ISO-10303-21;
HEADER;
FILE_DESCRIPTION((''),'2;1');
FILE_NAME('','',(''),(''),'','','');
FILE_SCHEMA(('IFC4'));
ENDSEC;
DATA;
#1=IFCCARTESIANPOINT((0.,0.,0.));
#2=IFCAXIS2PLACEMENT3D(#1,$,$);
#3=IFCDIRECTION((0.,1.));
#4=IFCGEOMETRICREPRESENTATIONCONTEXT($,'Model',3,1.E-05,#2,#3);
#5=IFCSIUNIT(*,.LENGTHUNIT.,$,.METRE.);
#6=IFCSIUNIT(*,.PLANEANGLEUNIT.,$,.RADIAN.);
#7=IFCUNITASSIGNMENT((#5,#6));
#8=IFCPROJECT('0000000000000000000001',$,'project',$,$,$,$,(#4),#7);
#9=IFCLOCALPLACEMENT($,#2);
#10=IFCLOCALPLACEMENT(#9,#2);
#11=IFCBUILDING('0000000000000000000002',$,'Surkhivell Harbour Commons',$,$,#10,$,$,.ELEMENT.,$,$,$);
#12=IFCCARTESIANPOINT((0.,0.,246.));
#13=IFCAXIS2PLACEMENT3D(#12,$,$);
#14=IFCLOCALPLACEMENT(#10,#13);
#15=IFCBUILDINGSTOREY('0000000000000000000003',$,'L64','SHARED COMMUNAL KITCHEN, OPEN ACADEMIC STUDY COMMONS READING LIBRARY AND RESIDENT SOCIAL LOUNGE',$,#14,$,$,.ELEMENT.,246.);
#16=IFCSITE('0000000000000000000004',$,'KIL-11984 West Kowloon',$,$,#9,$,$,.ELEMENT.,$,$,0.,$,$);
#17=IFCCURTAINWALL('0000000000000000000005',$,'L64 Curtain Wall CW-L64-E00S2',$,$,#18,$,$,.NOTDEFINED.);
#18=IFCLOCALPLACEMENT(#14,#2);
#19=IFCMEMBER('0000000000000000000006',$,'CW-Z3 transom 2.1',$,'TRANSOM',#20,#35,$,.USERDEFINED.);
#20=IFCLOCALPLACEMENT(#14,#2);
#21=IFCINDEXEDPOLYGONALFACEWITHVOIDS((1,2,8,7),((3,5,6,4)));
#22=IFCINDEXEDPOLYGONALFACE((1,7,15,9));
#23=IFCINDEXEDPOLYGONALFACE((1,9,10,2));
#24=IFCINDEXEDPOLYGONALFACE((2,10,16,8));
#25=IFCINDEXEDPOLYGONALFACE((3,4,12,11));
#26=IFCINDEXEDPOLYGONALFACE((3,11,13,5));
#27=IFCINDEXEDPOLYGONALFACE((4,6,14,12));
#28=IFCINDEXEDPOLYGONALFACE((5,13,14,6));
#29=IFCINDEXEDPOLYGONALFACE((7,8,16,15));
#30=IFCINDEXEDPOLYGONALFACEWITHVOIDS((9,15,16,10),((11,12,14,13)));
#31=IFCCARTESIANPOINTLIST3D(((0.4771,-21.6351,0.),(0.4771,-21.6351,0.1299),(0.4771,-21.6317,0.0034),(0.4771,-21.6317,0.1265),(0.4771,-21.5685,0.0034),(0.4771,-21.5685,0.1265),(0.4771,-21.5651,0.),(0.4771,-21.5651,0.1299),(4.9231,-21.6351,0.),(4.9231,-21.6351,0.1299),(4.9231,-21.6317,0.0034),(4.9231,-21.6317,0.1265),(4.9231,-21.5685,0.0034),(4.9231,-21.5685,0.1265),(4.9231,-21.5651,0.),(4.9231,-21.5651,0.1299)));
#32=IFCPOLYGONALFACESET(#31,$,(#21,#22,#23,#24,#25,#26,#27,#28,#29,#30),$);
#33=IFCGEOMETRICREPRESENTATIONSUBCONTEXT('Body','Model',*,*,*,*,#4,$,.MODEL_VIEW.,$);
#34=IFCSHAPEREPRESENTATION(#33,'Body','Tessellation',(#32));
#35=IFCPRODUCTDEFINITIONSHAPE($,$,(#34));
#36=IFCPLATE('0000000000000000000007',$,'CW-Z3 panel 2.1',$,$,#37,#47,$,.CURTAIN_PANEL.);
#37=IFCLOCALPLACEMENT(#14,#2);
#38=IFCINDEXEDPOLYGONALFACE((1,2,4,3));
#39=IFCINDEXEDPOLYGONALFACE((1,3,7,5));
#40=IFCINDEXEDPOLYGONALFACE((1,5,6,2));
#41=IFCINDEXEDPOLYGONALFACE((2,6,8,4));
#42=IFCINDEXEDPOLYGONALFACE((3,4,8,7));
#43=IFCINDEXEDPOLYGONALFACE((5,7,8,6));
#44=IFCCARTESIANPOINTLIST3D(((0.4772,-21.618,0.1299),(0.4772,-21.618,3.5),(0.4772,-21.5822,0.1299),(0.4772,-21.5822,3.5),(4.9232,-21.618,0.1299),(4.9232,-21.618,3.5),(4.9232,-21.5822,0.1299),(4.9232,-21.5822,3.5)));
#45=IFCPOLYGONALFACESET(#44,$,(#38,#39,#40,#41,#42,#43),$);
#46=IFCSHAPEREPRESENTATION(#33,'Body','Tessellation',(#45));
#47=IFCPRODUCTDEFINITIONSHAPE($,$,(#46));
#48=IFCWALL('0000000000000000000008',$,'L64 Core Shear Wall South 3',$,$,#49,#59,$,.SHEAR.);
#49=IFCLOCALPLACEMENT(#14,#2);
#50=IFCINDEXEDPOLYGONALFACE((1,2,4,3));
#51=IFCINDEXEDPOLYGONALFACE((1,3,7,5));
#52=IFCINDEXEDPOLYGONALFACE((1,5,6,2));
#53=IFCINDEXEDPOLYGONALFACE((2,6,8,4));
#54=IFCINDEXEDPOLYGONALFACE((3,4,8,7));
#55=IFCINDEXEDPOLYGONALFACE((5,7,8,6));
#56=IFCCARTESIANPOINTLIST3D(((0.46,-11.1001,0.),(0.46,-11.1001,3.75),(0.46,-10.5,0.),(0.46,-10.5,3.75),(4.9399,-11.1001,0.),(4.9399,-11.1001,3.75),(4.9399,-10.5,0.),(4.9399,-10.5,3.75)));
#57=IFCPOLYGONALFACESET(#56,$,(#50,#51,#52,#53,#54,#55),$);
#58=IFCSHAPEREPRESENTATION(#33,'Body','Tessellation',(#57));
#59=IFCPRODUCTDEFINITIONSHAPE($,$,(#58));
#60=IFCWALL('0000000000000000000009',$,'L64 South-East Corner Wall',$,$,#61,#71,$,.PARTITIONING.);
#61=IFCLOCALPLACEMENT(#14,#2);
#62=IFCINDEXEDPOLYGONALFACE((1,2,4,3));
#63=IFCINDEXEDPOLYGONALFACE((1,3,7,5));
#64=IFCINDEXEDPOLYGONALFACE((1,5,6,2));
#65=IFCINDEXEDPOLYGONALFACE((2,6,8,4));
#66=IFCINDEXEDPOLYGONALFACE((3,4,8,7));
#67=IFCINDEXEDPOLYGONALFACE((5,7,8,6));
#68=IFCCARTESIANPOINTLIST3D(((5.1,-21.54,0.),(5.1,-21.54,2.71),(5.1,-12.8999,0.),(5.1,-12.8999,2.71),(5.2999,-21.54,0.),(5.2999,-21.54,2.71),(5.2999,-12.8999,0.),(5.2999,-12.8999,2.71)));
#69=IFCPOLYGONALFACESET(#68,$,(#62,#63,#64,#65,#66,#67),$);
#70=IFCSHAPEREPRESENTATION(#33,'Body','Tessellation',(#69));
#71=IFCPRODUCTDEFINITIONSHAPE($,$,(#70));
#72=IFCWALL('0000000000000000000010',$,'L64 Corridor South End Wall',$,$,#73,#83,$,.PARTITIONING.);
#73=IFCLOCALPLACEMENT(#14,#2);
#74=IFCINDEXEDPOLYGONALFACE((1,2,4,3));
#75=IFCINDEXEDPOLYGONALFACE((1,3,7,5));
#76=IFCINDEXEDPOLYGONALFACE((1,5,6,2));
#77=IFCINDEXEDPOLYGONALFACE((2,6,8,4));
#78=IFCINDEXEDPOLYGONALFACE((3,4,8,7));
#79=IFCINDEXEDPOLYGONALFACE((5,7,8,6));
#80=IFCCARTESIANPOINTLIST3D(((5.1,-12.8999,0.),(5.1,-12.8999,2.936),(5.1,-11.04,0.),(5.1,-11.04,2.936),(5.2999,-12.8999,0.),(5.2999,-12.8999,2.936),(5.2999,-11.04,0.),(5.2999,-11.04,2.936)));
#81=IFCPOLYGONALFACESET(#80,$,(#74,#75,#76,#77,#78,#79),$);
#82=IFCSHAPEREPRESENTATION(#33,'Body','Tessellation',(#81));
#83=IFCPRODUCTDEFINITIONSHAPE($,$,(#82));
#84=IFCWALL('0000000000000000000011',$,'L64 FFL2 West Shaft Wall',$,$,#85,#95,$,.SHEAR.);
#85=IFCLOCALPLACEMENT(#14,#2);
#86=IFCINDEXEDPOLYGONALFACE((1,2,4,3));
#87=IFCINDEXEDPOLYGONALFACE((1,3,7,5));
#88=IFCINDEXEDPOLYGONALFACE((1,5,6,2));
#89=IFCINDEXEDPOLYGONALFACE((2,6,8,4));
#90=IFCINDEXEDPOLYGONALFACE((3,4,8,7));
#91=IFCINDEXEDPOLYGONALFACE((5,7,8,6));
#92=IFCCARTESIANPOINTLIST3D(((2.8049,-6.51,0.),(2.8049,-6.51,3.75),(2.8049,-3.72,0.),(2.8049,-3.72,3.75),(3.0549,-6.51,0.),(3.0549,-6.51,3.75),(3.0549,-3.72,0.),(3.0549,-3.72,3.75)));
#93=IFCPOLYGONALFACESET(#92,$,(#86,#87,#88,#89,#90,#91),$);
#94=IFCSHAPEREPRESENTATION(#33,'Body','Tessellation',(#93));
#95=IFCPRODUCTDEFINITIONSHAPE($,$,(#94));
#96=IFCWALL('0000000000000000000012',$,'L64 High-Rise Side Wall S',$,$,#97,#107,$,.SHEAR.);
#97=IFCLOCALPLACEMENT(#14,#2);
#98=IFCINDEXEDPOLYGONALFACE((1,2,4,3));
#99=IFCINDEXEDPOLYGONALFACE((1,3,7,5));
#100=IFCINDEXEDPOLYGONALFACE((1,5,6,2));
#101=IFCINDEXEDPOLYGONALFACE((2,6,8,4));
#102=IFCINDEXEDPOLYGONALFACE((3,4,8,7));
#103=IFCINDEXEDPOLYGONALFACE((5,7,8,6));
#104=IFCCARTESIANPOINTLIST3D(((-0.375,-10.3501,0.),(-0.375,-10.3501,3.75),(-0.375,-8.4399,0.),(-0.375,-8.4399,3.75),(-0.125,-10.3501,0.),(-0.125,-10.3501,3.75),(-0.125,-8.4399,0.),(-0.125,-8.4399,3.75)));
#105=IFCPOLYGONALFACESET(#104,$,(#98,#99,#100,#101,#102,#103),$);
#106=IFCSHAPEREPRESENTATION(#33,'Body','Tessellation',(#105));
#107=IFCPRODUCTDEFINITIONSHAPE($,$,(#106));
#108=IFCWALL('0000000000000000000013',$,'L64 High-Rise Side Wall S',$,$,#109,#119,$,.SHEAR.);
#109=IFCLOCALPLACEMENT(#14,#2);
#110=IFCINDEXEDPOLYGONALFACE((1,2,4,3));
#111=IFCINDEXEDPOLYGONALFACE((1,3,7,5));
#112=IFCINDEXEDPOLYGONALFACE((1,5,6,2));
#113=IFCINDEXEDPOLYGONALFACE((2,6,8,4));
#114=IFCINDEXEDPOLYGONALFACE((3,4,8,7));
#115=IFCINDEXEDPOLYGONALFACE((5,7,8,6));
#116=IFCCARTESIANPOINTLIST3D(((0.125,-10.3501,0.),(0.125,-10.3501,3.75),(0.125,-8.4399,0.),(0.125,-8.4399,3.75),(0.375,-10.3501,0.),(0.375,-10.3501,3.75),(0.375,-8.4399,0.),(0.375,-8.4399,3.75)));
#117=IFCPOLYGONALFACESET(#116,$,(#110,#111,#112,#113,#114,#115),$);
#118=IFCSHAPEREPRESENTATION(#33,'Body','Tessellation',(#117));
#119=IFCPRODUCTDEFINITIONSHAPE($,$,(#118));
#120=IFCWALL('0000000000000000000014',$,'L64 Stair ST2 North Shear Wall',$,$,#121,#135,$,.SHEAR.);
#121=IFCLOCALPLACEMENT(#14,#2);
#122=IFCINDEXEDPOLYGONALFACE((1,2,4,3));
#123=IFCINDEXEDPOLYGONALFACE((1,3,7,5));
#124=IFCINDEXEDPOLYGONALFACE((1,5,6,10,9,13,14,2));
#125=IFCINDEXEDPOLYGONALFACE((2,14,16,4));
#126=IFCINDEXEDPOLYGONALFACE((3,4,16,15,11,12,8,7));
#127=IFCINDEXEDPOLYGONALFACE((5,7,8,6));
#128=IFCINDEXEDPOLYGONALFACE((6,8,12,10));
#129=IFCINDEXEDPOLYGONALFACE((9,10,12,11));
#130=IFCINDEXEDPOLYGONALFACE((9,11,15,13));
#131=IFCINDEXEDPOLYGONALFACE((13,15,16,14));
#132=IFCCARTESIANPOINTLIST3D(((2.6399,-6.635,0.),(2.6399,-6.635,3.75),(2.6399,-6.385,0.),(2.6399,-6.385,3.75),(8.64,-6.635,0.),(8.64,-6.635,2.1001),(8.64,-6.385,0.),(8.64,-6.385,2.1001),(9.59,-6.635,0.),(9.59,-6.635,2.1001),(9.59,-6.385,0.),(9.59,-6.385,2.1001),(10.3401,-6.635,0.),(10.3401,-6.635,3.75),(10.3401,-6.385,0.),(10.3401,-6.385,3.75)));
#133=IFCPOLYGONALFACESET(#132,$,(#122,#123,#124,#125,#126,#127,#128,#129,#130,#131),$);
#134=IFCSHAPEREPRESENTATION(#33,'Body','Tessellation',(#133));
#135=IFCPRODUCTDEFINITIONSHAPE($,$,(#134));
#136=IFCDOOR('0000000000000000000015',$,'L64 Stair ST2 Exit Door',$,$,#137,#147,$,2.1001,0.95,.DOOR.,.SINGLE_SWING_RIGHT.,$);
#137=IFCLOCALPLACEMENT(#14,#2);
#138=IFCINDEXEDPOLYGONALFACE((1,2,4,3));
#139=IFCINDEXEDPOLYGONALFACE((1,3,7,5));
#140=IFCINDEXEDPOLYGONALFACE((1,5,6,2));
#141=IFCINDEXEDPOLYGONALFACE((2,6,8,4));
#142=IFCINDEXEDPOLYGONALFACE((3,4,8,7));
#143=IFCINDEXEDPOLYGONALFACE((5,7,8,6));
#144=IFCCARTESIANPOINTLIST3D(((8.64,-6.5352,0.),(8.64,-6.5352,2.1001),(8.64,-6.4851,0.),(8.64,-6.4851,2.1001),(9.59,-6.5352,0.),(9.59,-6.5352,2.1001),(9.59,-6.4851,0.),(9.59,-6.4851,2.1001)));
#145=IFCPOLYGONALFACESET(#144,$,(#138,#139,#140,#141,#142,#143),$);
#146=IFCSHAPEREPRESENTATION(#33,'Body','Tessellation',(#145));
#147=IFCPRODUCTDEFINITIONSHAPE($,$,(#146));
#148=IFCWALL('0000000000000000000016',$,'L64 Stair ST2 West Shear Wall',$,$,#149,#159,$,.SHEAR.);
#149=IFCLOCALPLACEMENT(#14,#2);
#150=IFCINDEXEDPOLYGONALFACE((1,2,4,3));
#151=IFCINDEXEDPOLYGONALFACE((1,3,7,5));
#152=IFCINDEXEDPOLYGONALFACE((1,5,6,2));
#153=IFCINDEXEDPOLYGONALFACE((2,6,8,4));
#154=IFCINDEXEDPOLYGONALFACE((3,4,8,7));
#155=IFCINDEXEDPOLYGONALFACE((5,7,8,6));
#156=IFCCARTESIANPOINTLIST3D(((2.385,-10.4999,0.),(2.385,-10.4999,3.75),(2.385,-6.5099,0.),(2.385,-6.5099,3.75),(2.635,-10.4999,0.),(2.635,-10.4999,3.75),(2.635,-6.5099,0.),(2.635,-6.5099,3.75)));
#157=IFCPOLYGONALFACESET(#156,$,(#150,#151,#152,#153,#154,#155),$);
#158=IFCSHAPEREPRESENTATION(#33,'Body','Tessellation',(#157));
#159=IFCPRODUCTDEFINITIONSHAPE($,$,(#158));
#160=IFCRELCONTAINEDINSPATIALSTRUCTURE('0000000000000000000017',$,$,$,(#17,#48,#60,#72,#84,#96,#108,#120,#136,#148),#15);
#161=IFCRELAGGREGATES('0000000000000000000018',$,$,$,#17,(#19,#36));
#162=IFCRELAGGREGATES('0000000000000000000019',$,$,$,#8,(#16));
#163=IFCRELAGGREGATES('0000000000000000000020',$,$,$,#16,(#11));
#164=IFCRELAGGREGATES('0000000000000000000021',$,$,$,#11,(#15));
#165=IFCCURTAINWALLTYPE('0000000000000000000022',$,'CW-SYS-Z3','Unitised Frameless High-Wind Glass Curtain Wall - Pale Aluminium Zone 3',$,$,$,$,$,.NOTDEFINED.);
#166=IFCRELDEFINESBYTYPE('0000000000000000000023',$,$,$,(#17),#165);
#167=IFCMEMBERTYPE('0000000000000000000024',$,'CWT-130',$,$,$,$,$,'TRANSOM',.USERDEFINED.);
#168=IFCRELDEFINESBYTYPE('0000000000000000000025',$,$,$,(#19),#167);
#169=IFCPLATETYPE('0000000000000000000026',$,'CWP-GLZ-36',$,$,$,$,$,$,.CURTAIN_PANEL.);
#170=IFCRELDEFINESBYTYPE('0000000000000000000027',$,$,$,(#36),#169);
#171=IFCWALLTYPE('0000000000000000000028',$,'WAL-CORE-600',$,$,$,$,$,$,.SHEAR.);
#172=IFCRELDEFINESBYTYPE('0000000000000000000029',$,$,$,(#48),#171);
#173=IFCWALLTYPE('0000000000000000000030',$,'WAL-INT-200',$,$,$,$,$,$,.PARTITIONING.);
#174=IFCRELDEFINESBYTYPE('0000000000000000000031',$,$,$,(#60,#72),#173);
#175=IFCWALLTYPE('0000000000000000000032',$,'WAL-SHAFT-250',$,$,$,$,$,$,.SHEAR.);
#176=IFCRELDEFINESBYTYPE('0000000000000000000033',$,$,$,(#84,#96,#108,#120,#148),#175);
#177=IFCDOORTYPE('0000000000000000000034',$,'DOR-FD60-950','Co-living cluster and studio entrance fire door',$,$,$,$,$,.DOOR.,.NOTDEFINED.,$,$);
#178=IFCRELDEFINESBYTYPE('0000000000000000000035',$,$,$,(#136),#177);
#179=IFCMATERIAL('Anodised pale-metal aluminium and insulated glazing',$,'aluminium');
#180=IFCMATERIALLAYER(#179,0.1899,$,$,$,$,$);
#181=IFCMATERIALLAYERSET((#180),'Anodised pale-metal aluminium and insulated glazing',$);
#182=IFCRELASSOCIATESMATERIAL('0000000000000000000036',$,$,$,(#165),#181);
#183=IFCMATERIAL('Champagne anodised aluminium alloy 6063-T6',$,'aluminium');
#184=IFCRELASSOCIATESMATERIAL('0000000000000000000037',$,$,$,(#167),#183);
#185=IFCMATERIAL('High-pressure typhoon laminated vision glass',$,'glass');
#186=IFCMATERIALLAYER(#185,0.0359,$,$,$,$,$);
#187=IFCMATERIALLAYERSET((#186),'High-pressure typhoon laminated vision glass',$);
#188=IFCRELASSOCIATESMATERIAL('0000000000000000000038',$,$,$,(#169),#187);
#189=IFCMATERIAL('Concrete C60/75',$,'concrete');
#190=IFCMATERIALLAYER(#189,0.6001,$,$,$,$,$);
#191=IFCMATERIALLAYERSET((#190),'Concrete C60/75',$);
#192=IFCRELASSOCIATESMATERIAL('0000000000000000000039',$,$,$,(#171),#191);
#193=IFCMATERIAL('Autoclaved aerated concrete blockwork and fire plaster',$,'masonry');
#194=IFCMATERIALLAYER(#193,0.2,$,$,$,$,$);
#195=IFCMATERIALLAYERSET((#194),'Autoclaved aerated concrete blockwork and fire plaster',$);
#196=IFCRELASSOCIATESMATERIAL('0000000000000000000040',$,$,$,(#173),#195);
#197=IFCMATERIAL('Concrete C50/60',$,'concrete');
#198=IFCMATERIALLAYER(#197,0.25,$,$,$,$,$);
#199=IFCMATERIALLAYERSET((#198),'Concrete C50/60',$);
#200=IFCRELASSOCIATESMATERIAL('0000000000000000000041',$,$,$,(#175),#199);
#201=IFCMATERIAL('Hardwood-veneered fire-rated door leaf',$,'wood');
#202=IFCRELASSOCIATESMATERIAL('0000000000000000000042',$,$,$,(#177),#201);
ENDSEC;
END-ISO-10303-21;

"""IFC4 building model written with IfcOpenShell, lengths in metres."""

from ifc_helpers import new_model, si_unit, direction, frame, frame_2d, origin, origin_2d, place, context, subcontext, project, spatial, rectangle, hollow_rectangle, extrude, material, layer, layer_set, material_profile, profile_set, type_object, element, fill, aggregate, save


model = new_model("IFC4")

# Units and contexts
model_context = context("Model", 3, precision=1e-05, world=origin(), true_north=direction((0.0, 1.0)))
body_context = subcontext(model_context, "Body", "Model", "MODEL_VIEW")
ifc_project = project(units=[si_unit("LENGTHUNIT", "METRE"), si_unit("PLANEANGLEUNIT", "RADIAN")], contexts=[model_context])

# Site, building, storey
site_placement = place(None, origin())
site = spatial("IfcSite", under=ifc_project, at=site_placement, Name="KIL-11984 West Kowloon", CompositionType="ELEMENT", RefElevation=0.0)
building_placement = place(site_placement, origin())
building = spatial("IfcBuilding", under=site, at=building_placement, Name="Surkhivell Harbour Commons", CompositionType="ELEMENT")
storey_placement = place(building_placement, frame((0.0, 0.0, 246.0)))
storey = spatial("IfcBuildingStorey", under=building, at=storey_placement, Name="L64", Description="SHARED COMMUNAL KITCHEN, OPEN ACADEMIC STUDY COMMONS READING LIBRARY AND RESIDENT SOCIAL LOUNGE", CompositionType="ELEMENT", Elevation=246.0)

# Shared definitions
ifc_material_1 = material(Name="Concrete C60/75", Category="concrete")
ifc_material_2 = material(Name="Concrete C50/60", Category="concrete")

# Curtain wall, member, plate
ifc_material_3 = material(Name="Anodised pale-metal aluminium and insulated glazing", Category="aluminium")
ifc_layer_1 = layer(ifc_material_3, 0.1899)
ifc_layer_set_1 = layer_set([ifc_layer_1], Name="Anodised pale-metal aluminium and insulated glazing")
curtain_wall_type = type_object("IfcCurtainWallType", Name="CW-SYS-Z3", Description="Unitised Frameless High-Wind Glass Curtain Wall - Pale Aluminium Zone 3", PredefinedType="NOTDEFINED", material=ifc_layer_set_1)
curtain_wall_placement = place(storey_placement, origin())
curtain_wall = element("IfcCurtainWall", 1, at=curtain_wall_placement, inside=storey, type_object=curtain_wall_type, Name="L64 Curtain Wall CW-L64-E00S2", PredefinedType="NOTDEFINED")
ifc_material_4 = material(Name="Champagne anodised aluminium alloy 6063-T6", Category="aluminium")
ifc_material_profile_1 = material_profile(ifc_material_4, hollow_rectangle(XDim=0.0701, YDim=0.1299, WallThickness=0.0034, at=origin_2d()), Name="ALU-TRAN-70x130")
ifc_profile_set_1 = profile_set([ifc_material_profile_1], Name="Champagne anodised aluminium alloy 6063-T6")
member_type_1 = type_object("IfcMemberType", Name="CWT-130", ElementType="TRANSOM", PredefinedType="USERDEFINED", material=ifc_profile_set_1)
member_1_placement = place(storey_placement, frame((0.4771, -21.6001, 0.0649), z_axis=(1.0, 0.0, 0.0), x_axis=(0.0, 1.0, 0.0)))
member_1 = element("IfcMember", 2, at=member_1_placement, type_object=member_type_1, Name="CW-Z3 transom 2.1", ObjectType="TRANSOM", PredefinedType="USERDEFINED", context=body_context, shape_type="SweptSolid", body=[
    extrude(hollow_rectangle(XDim=0.0701, YDim=0.1299, WallThickness=0.0034, at=origin_2d()), origin(), (0.0, 0.0, 1.0), 4.446),
])
ifc_material_5 = material(Name="High-pressure typhoon laminated vision glass", Category="glass")
ifc_layer_2 = layer(ifc_material_5, 0.0359)
ifc_layer_set_2 = layer_set([ifc_layer_2], Name="High-pressure typhoon laminated vision glass")
plate_type = type_object("IfcPlateType", Name="CWP-GLZ-36", PredefinedType="CURTAIN_PANEL", material=ifc_layer_set_2)
plate_placement = place(storey_placement, frame((0.4771, -21.6001, 0.1299), z_axis=(0.0, 0.0, 1.0), x_axis=(1.0, 0.0, 0.0)))
plate = element("IfcPlate", 3, at=plate_placement, type_object=plate_type, Name="CW-Z3 panel 2.1", PredefinedType="CURTAIN_PANEL", context=body_context, shape_type="SweptSolid", body=[
    extrude(rectangle(XDim=4.446, YDim=0.0359, at=frame_2d((2.2231, 0.0))), origin(), (0.0, 0.0, 1.0), 3.3701),
])
aggregate(curtain_wall, [member_1, plate])

# Walls
ifc_layer_3 = layer(ifc_material_1, 0.6001)
ifc_layer_set_3 = layer_set([ifc_layer_3], Name="Concrete C60/75")
wall_type_1 = type_object("IfcWallType", Name="WAL-CORE-600", PredefinedType="SHEAR", material=ifc_layer_set_3)
wall_1_placement = place(storey_placement, frame((0.46, -10.8, 0.0), z_axis=(0.0, 0.0, 1.0), x_axis=(1.0, 0.0, 0.0)))
element("IfcWall", 4, at=wall_1_placement, inside=storey, type_object=wall_type_1, Name="L64 Core Shear Wall South 3", PredefinedType="SHEAR", context=body_context, shape_type="SweptSolid", body=[
    extrude(rectangle(XDim=4.48, YDim=0.6001, at=frame_2d((2.24, 0.0))), origin(), (0.0, 0.0, 1.0), 3.75),
])
ifc_material_6 = material(Name="Autoclaved aerated concrete blockwork and fire plaster", Category="masonry")
ifc_layer_4 = layer(ifc_material_6, 0.2)
ifc_layer_set_4 = layer_set([ifc_layer_4], Name="Autoclaved aerated concrete blockwork and fire plaster")
wall_type_2 = type_object("IfcWallType", Name="WAL-INT-200", PredefinedType="PARTITIONING", material=ifc_layer_set_4)
wall_2_placement = place(storey_placement, frame((5.2, -21.54, 0.0), z_axis=(0.0, 0.0, 1.0), x_axis=(0.0, 1.0, 0.0)))
element("IfcWall", 5, at=wall_2_placement, inside=storey, type_object=wall_type_2, Name="L64 South-East Corner Wall", PredefinedType="PARTITIONING", context=body_context, shape_type="SweptSolid", body=[
    extrude(rectangle(XDim=8.6401, YDim=0.2, at=frame_2d((4.3201, 0.0))), origin(), (0.0, 0.0, 1.0), 2.71),
])
wall_3_placement = place(storey_placement, frame((5.2, -12.8999, 0.0), z_axis=(0.0, 0.0, 1.0), x_axis=(0.0, 1.0, 0.0)))
element("IfcWall", 6, at=wall_3_placement, inside=storey, type_object=wall_type_2, Name="L64 Corridor South End Wall", PredefinedType="PARTITIONING", context=body_context, shape_type="SweptSolid", body=[
    extrude(rectangle(XDim=1.8599, YDim=0.2, at=frame_2d((0.9299, 0.0))), origin(), (0.0, 0.0, 1.0), 2.936),
])
ifc_layer_5 = layer(ifc_material_2, 0.25)
ifc_layer_set_5 = layer_set([ifc_layer_5], Name="Concrete C50/60")
wall_type_3 = type_object("IfcWallType", Name="WAL-SHAFT-250", PredefinedType="SHEAR", material=ifc_layer_set_5)
wall_4_placement = place(storey_placement, frame((2.9299, -6.51, 0.0), z_axis=(0.0, 0.0, 1.0), x_axis=(0.0, 1.0, 0.0)))
element("IfcWall", 7, at=wall_4_placement, inside=storey, type_object=wall_type_3, Name="L64 FFL2 West Shaft Wall", PredefinedType="SHEAR", context=body_context, shape_type="SweptSolid", body=[
    extrude(rectangle(XDim=2.79, YDim=0.25, at=frame_2d((1.395, 0.0))), origin(), (0.0, 0.0, 1.0), 3.75),
])
for number, where, z_axis, x_axis, name in (
    (8, (-0.25, -10.3501, 0.0), (0.0, 0.0, 1.0), (0.0, 1.0, 0.0), "L64 High-Rise Side Wall S"),
    (9, (0.25, -10.3501, 0.0), (0.0, 0.0, 1.0), (0.0, 1.0, 0.0), "L64 High-Rise Side Wall S"),
):
    element("IfcWall", number, at=place(storey_placement, frame(where, z_axis=z_axis, x_axis=x_axis)), inside=storey, type_object=wall_type_3, Name=name, PredefinedType="SHEAR", context=body_context, shape_type="SweptSolid", body=[
        extrude(rectangle(XDim=1.9102, YDim=0.25, at=frame_2d((0.9551, 0.0))), origin(), (0.0, 0.0, 1.0), 3.75),
    ])

# Wall, opening, door
wall_5_placement = place(storey_placement, frame((2.6399, -6.51, 0.0), z_axis=(0.0, 0.0, 1.0), x_axis=(1.0, 0.0, 0.0)))
wall_5 = element("IfcWall", 10, at=wall_5_placement, inside=storey, type_object=wall_type_3, Name="L64 Stair ST2 North Shear Wall", PredefinedType="SHEAR", context=body_context, shape_type="SweptSolid", body=[
    extrude(rectangle(XDim=7.7002, YDim=0.25, at=frame_2d((3.8501, 0.0))), origin(), (0.0, 0.0, 1.0), 3.75),
])
opening_placement = place(wall_5_placement, frame((6.0, 0.0, 0.0)))
opening = element("IfcOpeningElement", 11, at=opening_placement, cuts=wall_5, PredefinedType="OPENING", context=body_context, shape_type="SweptSolid", body=[
    extrude(rectangle(XDim=0.95, YDim=2.1001, at=frame_2d((0.4751, 1.05))), frame((0.0, 0.135, 0.0), z_axis=(0.0, -1.0, 0.0), x_axis=(1.0, 0.0, 0.0)), (0.0, 0.0, 1.0), 0.27),
])
ifc_material_7 = material(Name="Hardwood-veneered fire-rated door leaf", Category="wood")
door_type = type_object("IfcDoorType", Name="DOR-FD60-950", Description="Co-living cluster and studio entrance fire door", OperationType="NOTDEFINED", PredefinedType="DOOR", material=ifc_material_7)
door_placement = place(opening_placement, origin())
door = element("IfcDoor", 12, at=door_placement, inside=storey, type_object=door_type, Name="L64 Stair ST2 Exit Door", OperationType="SINGLE_SWING_RIGHT", OverallHeight=2.1001, OverallWidth=0.95, PredefinedType="DOOR", context=body_context, shape_type="SweptSolid", body=[
    extrude(rectangle(XDim=0.95, YDim=2.1001, at=frame_2d((0.4751, 1.05))), frame((0.0, 0.0249, 0.0), z_axis=(0.0, -1.0, 0.0), x_axis=(1.0, 0.0, 0.0)), (0.0, 0.0, 1.0), 0.05),
])
fill(opening, door)

# Wall
wall_6_placement = place(storey_placement, frame((2.51, -10.5, 0.0), z_axis=(0.0, 0.0, 1.0), x_axis=(0.0, 1.0, 0.0)))
element("IfcWall", 13, at=wall_6_placement, inside=storey, type_object=wall_type_3, Name="L64 Stair ST2 West Shear Wall", PredefinedType="SHEAR", context=body_context, shape_type="SweptSolid", body=[
    extrude(rectangle(XDim=3.99, YDim=0.25, at=frame_2d((1.9951, 0.0))), origin(), (0.0, 0.0, 1.0), 3.75),
])

save(model, "model.ifc")
